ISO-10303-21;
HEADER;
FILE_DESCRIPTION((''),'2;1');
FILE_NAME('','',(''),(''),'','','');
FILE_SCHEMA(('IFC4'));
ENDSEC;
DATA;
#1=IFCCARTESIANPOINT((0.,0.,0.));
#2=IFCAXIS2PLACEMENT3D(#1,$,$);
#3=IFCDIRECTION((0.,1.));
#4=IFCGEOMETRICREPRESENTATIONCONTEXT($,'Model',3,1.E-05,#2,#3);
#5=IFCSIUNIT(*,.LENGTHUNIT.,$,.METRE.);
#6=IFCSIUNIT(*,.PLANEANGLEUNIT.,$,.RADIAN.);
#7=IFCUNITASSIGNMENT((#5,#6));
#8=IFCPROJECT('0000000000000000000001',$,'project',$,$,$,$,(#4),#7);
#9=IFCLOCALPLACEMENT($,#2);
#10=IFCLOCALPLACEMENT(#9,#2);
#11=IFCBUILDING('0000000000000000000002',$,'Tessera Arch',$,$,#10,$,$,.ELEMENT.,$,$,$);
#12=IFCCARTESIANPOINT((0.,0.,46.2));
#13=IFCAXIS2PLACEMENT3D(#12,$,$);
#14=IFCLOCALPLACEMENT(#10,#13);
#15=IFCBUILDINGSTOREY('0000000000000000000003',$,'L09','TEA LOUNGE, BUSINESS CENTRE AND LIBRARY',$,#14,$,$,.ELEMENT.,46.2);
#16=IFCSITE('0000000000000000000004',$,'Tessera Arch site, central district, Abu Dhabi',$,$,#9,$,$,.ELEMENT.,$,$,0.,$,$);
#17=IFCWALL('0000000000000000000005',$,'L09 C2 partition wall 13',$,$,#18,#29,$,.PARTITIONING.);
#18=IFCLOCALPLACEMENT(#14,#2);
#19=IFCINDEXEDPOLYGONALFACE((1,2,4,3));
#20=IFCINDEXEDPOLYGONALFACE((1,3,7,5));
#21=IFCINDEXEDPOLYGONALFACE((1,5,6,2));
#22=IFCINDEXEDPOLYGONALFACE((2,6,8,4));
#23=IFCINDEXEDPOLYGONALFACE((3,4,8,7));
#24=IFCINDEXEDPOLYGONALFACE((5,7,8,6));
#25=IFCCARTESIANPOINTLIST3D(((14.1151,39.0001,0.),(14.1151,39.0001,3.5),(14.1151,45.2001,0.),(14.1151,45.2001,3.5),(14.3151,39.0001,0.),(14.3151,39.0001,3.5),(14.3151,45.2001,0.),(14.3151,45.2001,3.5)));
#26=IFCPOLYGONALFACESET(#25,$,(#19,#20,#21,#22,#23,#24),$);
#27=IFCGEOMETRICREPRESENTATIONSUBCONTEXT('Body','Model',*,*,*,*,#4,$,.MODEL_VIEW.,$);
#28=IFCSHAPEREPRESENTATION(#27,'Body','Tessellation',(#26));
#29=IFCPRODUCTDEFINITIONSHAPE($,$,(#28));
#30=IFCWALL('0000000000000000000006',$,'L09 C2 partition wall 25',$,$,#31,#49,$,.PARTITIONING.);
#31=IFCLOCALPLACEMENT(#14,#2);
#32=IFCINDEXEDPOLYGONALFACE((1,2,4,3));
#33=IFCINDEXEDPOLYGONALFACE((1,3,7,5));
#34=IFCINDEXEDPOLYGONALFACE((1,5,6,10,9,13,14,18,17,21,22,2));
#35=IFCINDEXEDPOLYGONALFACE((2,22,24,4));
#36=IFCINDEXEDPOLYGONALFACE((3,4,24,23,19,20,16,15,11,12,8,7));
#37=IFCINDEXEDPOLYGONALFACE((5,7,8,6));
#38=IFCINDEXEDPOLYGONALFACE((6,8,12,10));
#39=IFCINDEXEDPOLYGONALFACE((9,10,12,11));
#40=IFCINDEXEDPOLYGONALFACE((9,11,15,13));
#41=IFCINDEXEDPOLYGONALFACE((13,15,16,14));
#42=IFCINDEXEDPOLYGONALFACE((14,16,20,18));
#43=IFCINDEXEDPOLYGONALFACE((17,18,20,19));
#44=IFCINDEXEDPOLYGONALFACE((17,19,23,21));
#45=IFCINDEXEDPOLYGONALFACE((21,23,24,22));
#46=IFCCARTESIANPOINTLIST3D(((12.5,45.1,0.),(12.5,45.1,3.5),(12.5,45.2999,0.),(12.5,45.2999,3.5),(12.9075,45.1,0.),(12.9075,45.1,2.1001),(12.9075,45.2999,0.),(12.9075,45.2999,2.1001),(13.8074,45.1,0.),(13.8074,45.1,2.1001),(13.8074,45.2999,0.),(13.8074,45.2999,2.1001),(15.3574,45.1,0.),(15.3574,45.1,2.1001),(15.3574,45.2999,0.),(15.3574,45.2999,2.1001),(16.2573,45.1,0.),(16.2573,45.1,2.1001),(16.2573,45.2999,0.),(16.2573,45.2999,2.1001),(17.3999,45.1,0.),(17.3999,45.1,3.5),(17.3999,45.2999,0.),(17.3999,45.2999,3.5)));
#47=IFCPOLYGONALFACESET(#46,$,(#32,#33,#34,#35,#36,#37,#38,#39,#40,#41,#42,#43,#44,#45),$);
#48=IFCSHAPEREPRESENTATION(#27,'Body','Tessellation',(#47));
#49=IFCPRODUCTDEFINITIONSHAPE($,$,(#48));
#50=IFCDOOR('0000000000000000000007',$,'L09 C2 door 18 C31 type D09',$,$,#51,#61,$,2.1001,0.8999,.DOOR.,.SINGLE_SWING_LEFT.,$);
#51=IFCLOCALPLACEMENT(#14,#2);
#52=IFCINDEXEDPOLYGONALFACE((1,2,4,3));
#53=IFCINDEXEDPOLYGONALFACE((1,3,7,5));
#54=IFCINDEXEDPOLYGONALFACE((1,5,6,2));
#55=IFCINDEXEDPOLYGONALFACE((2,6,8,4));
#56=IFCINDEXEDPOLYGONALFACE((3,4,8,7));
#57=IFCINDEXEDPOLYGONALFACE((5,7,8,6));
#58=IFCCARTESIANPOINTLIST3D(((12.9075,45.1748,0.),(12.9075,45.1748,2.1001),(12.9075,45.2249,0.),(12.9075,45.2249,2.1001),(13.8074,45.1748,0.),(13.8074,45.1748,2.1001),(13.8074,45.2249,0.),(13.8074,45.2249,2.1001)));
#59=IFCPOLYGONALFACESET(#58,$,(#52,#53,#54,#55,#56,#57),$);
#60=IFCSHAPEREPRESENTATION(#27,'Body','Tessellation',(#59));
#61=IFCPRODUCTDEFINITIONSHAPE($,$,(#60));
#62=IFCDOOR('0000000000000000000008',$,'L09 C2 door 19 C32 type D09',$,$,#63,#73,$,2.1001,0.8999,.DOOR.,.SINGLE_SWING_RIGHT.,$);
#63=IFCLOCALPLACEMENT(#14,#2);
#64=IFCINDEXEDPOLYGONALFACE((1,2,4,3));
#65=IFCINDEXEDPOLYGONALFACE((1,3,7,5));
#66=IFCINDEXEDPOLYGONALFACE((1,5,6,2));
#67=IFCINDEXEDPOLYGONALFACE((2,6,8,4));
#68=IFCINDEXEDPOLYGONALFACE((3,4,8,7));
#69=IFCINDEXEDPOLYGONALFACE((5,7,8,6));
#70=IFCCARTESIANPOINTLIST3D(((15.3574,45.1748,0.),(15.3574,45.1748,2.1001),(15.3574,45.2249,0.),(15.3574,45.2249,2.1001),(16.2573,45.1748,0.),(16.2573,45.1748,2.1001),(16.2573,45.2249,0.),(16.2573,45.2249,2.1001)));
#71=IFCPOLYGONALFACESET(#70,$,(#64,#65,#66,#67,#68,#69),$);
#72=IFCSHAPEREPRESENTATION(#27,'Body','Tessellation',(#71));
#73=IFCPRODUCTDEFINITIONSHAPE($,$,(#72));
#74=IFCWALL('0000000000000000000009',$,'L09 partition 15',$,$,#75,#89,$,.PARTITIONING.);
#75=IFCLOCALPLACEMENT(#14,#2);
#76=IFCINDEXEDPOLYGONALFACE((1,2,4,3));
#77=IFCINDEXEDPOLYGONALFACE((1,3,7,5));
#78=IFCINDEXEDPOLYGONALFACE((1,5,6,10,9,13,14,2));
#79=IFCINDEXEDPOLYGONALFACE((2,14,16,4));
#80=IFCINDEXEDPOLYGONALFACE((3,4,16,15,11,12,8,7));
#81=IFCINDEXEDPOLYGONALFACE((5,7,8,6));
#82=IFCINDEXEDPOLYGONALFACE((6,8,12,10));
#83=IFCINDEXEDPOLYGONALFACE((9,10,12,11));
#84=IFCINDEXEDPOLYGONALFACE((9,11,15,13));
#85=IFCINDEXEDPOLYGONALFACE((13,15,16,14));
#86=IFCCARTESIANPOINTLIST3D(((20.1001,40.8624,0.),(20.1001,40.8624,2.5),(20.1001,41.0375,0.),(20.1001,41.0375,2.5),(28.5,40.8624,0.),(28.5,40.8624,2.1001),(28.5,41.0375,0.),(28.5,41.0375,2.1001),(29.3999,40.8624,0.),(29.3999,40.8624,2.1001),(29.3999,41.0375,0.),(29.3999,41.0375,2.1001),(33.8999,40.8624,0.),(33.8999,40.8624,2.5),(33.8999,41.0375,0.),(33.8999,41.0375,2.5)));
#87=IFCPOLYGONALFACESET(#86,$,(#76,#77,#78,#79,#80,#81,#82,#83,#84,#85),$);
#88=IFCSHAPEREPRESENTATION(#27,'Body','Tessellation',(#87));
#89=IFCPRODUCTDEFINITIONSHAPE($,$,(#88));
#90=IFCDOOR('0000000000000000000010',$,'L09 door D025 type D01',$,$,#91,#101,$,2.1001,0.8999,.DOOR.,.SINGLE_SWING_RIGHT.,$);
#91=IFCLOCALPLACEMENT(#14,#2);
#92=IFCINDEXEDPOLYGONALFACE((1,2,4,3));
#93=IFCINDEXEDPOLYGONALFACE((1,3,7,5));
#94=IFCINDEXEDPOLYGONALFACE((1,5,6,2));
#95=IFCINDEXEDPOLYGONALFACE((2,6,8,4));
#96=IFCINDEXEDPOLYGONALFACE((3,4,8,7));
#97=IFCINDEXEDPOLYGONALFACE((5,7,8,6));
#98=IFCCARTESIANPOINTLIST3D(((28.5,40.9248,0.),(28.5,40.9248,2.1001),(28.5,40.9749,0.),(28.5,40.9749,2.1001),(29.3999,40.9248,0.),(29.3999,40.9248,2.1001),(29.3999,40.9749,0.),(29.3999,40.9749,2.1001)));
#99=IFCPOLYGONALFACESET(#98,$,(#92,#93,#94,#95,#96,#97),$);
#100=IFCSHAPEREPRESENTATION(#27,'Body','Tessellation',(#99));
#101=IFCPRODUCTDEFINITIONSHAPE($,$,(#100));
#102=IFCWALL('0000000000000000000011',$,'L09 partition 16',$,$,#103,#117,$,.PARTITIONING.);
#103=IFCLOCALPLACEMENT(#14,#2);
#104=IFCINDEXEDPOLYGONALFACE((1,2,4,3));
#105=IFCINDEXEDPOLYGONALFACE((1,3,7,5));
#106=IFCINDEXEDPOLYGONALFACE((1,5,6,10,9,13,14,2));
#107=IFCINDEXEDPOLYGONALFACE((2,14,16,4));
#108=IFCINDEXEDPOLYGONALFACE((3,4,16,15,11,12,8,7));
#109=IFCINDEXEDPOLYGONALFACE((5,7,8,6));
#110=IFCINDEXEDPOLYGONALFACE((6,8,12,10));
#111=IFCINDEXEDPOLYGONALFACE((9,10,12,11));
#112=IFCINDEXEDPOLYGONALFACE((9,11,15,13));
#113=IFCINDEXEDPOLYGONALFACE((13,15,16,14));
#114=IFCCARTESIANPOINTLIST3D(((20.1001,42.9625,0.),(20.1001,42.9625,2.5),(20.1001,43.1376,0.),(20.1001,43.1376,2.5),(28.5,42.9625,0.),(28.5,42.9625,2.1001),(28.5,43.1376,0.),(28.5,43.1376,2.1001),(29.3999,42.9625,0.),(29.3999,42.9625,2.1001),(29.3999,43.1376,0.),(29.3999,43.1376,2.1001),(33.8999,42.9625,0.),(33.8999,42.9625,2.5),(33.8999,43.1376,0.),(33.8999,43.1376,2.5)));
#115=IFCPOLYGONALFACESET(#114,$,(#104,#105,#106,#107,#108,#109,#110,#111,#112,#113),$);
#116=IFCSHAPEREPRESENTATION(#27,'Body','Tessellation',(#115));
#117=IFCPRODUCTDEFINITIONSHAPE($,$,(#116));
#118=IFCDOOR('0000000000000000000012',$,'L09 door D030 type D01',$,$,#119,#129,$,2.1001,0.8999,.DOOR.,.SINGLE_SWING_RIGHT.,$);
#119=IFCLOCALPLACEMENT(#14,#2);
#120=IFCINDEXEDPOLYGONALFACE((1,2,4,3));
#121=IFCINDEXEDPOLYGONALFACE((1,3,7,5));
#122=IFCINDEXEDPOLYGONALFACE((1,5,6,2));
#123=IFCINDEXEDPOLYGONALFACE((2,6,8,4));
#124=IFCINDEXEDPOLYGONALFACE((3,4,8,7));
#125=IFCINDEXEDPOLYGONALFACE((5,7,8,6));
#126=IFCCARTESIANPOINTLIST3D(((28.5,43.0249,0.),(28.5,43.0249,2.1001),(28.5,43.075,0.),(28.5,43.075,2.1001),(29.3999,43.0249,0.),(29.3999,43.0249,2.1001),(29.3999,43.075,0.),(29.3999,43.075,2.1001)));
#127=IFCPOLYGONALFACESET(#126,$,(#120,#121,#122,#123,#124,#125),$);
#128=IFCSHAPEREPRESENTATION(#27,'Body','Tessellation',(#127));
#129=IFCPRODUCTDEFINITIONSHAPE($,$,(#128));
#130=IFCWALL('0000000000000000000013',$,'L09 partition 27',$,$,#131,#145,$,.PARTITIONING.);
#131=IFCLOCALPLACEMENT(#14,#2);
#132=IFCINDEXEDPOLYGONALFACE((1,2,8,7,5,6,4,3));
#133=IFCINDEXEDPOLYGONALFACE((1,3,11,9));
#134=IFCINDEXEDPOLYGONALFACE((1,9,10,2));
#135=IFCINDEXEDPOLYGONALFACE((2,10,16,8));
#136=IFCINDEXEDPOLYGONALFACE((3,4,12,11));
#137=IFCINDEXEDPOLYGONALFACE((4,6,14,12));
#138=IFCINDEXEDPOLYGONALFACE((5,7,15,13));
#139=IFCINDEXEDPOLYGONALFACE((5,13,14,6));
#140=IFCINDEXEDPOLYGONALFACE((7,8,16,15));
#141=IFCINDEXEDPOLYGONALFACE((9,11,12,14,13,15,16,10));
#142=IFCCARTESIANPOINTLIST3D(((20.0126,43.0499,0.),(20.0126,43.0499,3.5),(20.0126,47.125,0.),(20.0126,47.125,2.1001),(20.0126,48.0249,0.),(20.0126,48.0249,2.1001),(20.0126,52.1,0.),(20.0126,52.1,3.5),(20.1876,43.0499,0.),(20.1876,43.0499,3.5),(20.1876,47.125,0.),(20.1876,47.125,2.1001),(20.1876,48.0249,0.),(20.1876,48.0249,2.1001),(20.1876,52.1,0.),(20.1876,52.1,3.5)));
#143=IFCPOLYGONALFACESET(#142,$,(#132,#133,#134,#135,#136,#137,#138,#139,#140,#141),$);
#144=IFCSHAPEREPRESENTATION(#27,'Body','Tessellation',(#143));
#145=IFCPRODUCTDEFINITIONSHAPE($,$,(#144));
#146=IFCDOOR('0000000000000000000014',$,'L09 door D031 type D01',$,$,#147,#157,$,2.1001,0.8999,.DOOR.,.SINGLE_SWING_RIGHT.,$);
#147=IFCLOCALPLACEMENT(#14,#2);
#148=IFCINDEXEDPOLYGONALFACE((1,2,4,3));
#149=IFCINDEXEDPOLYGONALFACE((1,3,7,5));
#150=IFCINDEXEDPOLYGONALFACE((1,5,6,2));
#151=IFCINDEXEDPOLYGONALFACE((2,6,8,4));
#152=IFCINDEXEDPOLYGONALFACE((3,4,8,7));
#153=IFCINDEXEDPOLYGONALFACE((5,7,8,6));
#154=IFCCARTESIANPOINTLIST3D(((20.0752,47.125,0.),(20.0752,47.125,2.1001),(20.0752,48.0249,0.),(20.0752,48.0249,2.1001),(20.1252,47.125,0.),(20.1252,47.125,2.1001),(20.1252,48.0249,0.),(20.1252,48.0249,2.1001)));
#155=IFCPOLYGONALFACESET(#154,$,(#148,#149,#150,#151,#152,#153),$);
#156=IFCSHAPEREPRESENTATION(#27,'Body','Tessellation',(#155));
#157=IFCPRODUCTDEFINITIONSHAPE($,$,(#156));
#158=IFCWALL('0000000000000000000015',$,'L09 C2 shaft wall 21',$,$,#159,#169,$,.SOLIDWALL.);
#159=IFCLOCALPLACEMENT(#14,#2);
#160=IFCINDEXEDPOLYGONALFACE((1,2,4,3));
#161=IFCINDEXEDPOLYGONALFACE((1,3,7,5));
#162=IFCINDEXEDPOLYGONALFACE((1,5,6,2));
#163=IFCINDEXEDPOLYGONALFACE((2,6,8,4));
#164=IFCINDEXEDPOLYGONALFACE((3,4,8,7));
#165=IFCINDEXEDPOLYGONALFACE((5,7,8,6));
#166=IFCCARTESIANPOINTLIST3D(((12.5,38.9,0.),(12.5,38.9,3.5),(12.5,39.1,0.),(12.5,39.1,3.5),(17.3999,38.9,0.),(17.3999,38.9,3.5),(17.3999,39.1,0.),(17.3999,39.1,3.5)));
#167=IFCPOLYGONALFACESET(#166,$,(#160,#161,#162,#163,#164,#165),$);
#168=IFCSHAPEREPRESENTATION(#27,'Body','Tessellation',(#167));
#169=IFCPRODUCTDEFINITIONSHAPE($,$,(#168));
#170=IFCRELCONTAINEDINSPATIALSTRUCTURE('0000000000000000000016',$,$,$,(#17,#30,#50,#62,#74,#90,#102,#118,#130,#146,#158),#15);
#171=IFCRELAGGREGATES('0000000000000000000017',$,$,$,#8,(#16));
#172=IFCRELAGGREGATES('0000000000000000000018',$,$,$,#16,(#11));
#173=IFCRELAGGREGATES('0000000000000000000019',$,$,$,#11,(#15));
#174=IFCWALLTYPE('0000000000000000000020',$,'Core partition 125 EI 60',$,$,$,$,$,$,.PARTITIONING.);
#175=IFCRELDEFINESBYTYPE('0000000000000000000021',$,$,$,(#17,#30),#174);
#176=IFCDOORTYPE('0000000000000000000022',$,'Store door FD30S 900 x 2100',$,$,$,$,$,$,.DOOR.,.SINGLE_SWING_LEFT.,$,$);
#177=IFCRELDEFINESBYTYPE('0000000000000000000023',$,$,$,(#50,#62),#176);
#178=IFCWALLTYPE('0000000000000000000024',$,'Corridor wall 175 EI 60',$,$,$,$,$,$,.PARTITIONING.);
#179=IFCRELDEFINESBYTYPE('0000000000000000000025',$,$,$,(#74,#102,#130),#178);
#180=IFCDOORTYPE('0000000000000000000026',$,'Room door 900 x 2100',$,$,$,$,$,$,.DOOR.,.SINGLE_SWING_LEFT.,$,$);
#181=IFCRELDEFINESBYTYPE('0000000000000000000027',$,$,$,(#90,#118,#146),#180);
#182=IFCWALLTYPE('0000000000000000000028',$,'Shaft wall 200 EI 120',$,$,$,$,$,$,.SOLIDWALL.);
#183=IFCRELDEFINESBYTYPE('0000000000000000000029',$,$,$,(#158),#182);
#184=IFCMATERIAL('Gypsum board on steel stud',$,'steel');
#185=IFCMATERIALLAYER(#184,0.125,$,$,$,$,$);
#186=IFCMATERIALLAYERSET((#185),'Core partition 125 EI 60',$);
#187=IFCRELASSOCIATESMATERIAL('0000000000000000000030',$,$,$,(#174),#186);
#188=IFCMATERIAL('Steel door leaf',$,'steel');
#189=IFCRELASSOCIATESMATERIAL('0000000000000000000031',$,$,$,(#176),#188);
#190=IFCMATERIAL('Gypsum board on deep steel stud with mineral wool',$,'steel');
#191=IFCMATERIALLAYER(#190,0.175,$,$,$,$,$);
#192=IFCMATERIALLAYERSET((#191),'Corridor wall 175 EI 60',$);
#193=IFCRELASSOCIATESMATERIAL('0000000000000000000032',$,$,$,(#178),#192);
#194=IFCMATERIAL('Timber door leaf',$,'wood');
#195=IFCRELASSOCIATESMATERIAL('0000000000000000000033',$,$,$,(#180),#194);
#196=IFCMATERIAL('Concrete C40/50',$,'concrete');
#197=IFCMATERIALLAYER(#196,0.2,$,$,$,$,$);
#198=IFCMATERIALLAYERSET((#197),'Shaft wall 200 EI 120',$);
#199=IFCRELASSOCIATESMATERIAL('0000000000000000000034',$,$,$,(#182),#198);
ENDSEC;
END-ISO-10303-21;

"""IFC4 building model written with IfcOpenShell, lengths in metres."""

from ifc_helpers import new_model, si_unit, direction, frame, frame_2d, origin, place, context, subcontext, project, spatial, rectangle, extrude, material, layer, layer_set, type_object, element, fill, save


model = new_model("IFC4")

# Units and contexts
model_context = context("Model", 3, precision=1e-05, world=origin(), true_north=direction((0.0, 1.0)))
body_context = subcontext(model_context, "Body", "Model", "MODEL_VIEW")
ifc_project = project(units=[si_unit("LENGTHUNIT", "METRE"), si_unit("PLANEANGLEUNIT", "RADIAN")], contexts=[model_context])

# Site, building, storey
site_placement = place(None, origin())
site = spatial("IfcSite", under=ifc_project, at=site_placement, Name="Tessera Arch site, central district, Abu Dhabi", CompositionType="ELEMENT", RefElevation=0.0)
building_placement = place(site_placement, origin())
building = spatial("IfcBuilding", under=site, at=building_placement, Name="Tessera Arch", CompositionType="ELEMENT")
storey_placement = place(building_placement, frame((0.0, 0.0, 46.2)))
storey = spatial("IfcBuildingStorey", under=building, at=storey_placement, Name="L09", Description="TEA LOUNGE, BUSINESS CENTRE AND LIBRARY", CompositionType="ELEMENT", Elevation=46.2)

# Wall
ifc_material_1 = material(Name="Gypsum board on steel stud", Category="steel")
ifc_layer_1 = layer(ifc_material_1, 0.125)
ifc_layer_set_1 = layer_set([ifc_layer_1], Name="Core partition 125 EI 60")
wall_type_1 = type_object("IfcWallType", Name="Core partition 125 EI 60", PredefinedType="PARTITIONING", material=ifc_layer_set_1)
wall_1_placement = place(storey_placement, frame((14.2151, 39.0, 0.0), z_axis=(0.0, 0.0, 1.0), x_axis=(0.0, 1.0, 0.0)))
element("IfcWall", 1, at=wall_1_placement, inside=storey, type_object=wall_type_1, Name="L09 C2 partition wall 13", PredefinedType="PARTITIONING", context=body_context, shape_type="SweptSolid", body=[
    extrude(rectangle(XDim=6.2, YDim=0.2, at=frame_2d((3.1001, 0.0))), origin(), (0.0, 0.0, 1.0), 3.5),
])

# Wall, openings, doors
wall_2_placement = place(storey_placement, frame((12.5, 45.2, 0.0), z_axis=(0.0, 0.0, 1.0), x_axis=(1.0, 0.0, 0.0)))
wall_2 = element("IfcWall", 2, at=wall_2_placement, inside=storey, type_object=wall_type_1, Name="L09 C2 partition wall 25", PredefinedType="PARTITIONING", context=body_context, shape_type="SweptSolid", body=[
    extrude(rectangle(XDim=4.8999, YDim=0.2, at=frame_2d((2.45, 0.0))), origin(), (0.0, 0.0, 1.0), 3.5),
])
opening_1_placement = place(wall_2_placement, frame((0.4075, 0.0, 0.0)))
opening_1 = element("IfcOpeningElement", 3, at=opening_1_placement, cuts=wall_2, PredefinedType="OPENING", context=body_context, shape_type="SweptSolid", body=[
    extrude(rectangle(XDim=0.8999, YDim=2.1001, at=frame_2d((0.45, 1.05))), frame((0.0, 0.1099, 0.0), z_axis=(0.0, -1.0, 0.0), x_axis=(1.0, 0.0, 0.0)), (0.0, 0.0, 1.0), 0.22),
])
opening_2_placement = place(wall_2_placement, frame((2.8574, 0.0, 0.0)))
opening_2 = element("IfcOpeningElement", 4, at=opening_2_placement, cuts=wall_2, PredefinedType="OPENING", context=body_context, shape_type="SweptSolid", body=[
    extrude(rectangle(XDim=0.8999, YDim=2.1001, at=frame_2d((0.45, 1.05))), frame((0.0, 0.1099, 0.0), z_axis=(0.0, -1.0, 0.0), x_axis=(1.0, 0.0, 0.0)), (0.0, 0.0, 1.0), 0.22),
])
ifc_material_2 = material(Name="Steel door leaf", Category="steel")
door_type_1 = type_object("IfcDoorType", Name="Store door FD30S 900 x 2100", OperationType="SINGLE_SWING_LEFT", PredefinedType="DOOR", material=ifc_material_2)
door_1_placement = place(opening_1_placement, origin())
door_1 = element("IfcDoor", 5, at=door_1_placement, inside=storey, type_object=door_type_1, Name="L09 C2 door 18 C31 type D09", OperationType="SINGLE_SWING_LEFT", OverallHeight=2.1001, OverallWidth=0.8999, PredefinedType="DOOR", context=body_context, shape_type="SweptSolid", body=[
    extrude(rectangle(XDim=0.8999, YDim=2.1001, at=frame_2d((0.45, 1.05))), frame((0.0, 0.0249, 0.0), z_axis=(0.0, -1.0, 0.0), x_axis=(1.0, 0.0, 0.0)), (0.0, 0.0, 1.0), 0.05),
])
fill(opening_1, door_1)
door_2_placement = place(opening_2_placement, origin())
door_2 = element("IfcDoor", 6, at=door_2_placement, inside=storey, type_object=door_type_1, Name="L09 C2 door 19 C32 type D09", OperationType="SINGLE_SWING_RIGHT", OverallHeight=2.1001, OverallWidth=0.8999, PredefinedType="DOOR", context=body_context, shape_type="SweptSolid", body=[
    extrude(rectangle(XDim=0.8999, YDim=2.1001, at=frame_2d((0.45, 1.05))), frame((0.0, 0.0249, 0.0), z_axis=(0.0, -1.0, 0.0), x_axis=(1.0, 0.0, 0.0)), (0.0, 0.0, 1.0), 0.05),
])
fill(opening_2, door_2)

# Walls, openings, doors
ifc_material_3 = material(Name="Gypsum board on deep steel stud with mineral wool", Category="steel")
ifc_layer_2 = layer(ifc_material_3, 0.175)
ifc_layer_set_2 = layer_set([ifc_layer_2], Name="Corridor wall 175 EI 60")
wall_type_2 = type_object("IfcWallType", Name="Corridor wall 175 EI 60", PredefinedType="PARTITIONING", material=ifc_layer_set_2)
wall_3_placement = place(storey_placement, frame((20.1001, 40.95, 0.0), z_axis=(0.0, 0.0, 1.0), x_axis=(1.0, 0.0, 0.0)))
wall_3 = element("IfcWall", 7, at=wall_3_placement, inside=storey, type_object=wall_type_2, Name="L09 partition 15", PredefinedType="PARTITIONING", context=body_context, shape_type="SweptSolid", body=[
    extrude(rectangle(XDim=13.7998, YDim=0.175, at=frame_2d((6.8999, 0.0))), origin(), (0.0, 0.0, 1.0), 2.5),
])
opening_3_placement = place(wall_3_placement, frame((8.3999, 0.0, 0.0)))
opening_3 = element("IfcOpeningElement", 8, at=opening_3_placement, cuts=wall_3, PredefinedType="OPENING", context=body_context, shape_type="SweptSolid", body=[
    extrude(rectangle(XDim=0.8999, YDim=2.1001, at=frame_2d((0.45, 1.05))), frame((0.0, 0.0974, 0.0), z_axis=(0.0, -1.0, 0.0), x_axis=(1.0, 0.0, 0.0)), (0.0, 0.0, 1.0), 0.1951),
])
ifc_material_4 = material(Name="Timber door leaf", Category="wood")
door_type_2 = type_object("IfcDoorType", Name="Room door 900 x 2100", OperationType="SINGLE_SWING_LEFT", PredefinedType="DOOR", material=ifc_material_4)
door_3_placement = place(opening_3_placement, origin())
door_3 = element("IfcDoor", 9, at=door_3_placement, inside=storey, type_object=door_type_2, Name="L09 door D025 type D01", OperationType="SINGLE_SWING_RIGHT", OverallHeight=2.1001, OverallWidth=0.8999, PredefinedType="DOOR", context=body_context, shape_type="SweptSolid", body=[
    extrude(rectangle(XDim=0.8999, YDim=2.1001, at=frame_2d((0.45, 1.05))), frame((0.0, 0.0249, 0.0), z_axis=(0.0, -1.0, 0.0), x_axis=(1.0, 0.0, 0.0)), (0.0, 0.0, 1.0), 0.05),
])
fill(opening_3, door_3)
wall_4_placement = place(storey_placement, frame((20.1001, 43.05, 0.0), z_axis=(0.0, 0.0, 1.0), x_axis=(1.0, 0.0, 0.0)))
wall_4 = element("IfcWall", 10, at=wall_4_placement, inside=storey, type_object=wall_type_2, Name="L09 partition 16", PredefinedType="PARTITIONING", context=body_context, shape_type="SweptSolid", body=[
    extrude(rectangle(XDim=13.7998, YDim=0.175, at=frame_2d((6.8999, 0.0))), origin(), (0.0, 0.0, 1.0), 2.5),
])
opening_4_placement = place(wall_4_placement, frame((8.3999, 0.0, 0.0)))
opening_4 = element("IfcOpeningElement", 11, at=opening_4_placement, cuts=wall_4, PredefinedType="OPENING", context=body_context, shape_type="SweptSolid", body=[
    extrude(rectangle(XDim=0.8999, YDim=2.1001, at=frame_2d((0.45, 1.05))), frame((0.0, 0.0974, 0.0), z_axis=(0.0, -1.0, 0.0), x_axis=(1.0, 0.0, 0.0)), (0.0, 0.0, 1.0), 0.1951),
])
door_4_placement = place(opening_4_placement, origin())
door_4 = element("IfcDoor", 12, at=door_4_placement, inside=storey, type_object=door_type_2, Name="L09 door D030 type D01", OperationType="SINGLE_SWING_RIGHT", OverallHeight=2.1001, OverallWidth=0.8999, PredefinedType="DOOR", context=body_context, shape_type="SweptSolid", body=[
    extrude(rectangle(XDim=0.8999, YDim=2.1001, at=frame_2d((0.45, 1.05))), frame((0.0, 0.0249, 0.0), z_axis=(0.0, -1.0, 0.0), x_axis=(1.0, 0.0, 0.0)), (0.0, 0.0, 1.0), 0.05),
])
fill(opening_4, door_4)
wall_5_placement = place(storey_placement, frame((20.1001, 43.05, 0.0), z_axis=(0.0, 0.0, 1.0), x_axis=(0.0, 1.0, 0.0)))
wall_5 = element("IfcWall", 13, at=wall_5_placement, inside=storey, type_object=wall_type_2, Name="L09 partition 27", PredefinedType="PARTITIONING", context=body_context, shape_type="SweptSolid", body=[
    extrude(rectangle(XDim=9.05, YDim=0.175, at=frame_2d((4.5249, 0.0))), origin(), (0.0, 0.0, 1.0), 3.5),
])
opening_5_placement = place(wall_5_placement, frame((4.075, 0.0, 0.0)))
opening_5 = element("IfcOpeningElement", 14, at=opening_5_placement, cuts=wall_5, PredefinedType="OPENING", context=body_context, shape_type="SweptSolid", body=[
    extrude(rectangle(XDim=0.8999, YDim=2.1001, at=frame_2d((0.45, 1.05))), frame((0.0, 0.0974, 0.0), z_axis=(0.0, -1.0, 0.0), x_axis=(1.0, 0.0, 0.0)), (0.0, 0.0, 1.0), 0.1951),
])
door_5_placement = place(opening_5_placement, origin())
door_5 = element("IfcDoor", 15, at=door_5_placement, inside=storey, type_object=door_type_2, Name="L09 door D031 type D01", OperationType="SINGLE_SWING_RIGHT", OverallHeight=2.1001, OverallWidth=0.8999, PredefinedType="DOOR", context=body_context, shape_type="SweptSolid", body=[
    extrude(rectangle(XDim=0.8999, YDim=2.1001, at=frame_2d((0.45, 1.05))), frame((0.0, 0.0249, 0.0), z_axis=(0.0, -1.0, 0.0), x_axis=(1.0, 0.0, 0.0)), (0.0, 0.0, 1.0), 0.05),
])
fill(opening_5, door_5)

# Wall
ifc_material_5 = material(Name="Concrete C40/50", Category="concrete")
ifc_layer_3 = layer(ifc_material_5, 0.2)
ifc_layer_set_3 = layer_set([ifc_layer_3], Name="Shaft wall 200 EI 120")
wall_type_3 = type_object("IfcWallType", Name="Shaft wall 200 EI 120", PredefinedType="SOLIDWALL", material=ifc_layer_set_3)
wall_6_placement = place(storey_placement, frame((12.5, 39.0, 0.0), z_axis=(0.0, 0.0, 1.0), x_axis=(1.0, 0.0, 0.0)))
element("IfcWall", 16, at=wall_6_placement, inside=storey, type_object=wall_type_3, Name="L09 C2 shaft wall 21", PredefinedType="SOLIDWALL", context=body_context, shape_type="SweptSolid", body=[
    extrude(rectangle(XDim=4.8999, YDim=0.2, at=frame_2d((2.45, 0.0))), origin(), (0.0, 0.0, 1.0), 3.5),
])

save(model, "model.ifc")
